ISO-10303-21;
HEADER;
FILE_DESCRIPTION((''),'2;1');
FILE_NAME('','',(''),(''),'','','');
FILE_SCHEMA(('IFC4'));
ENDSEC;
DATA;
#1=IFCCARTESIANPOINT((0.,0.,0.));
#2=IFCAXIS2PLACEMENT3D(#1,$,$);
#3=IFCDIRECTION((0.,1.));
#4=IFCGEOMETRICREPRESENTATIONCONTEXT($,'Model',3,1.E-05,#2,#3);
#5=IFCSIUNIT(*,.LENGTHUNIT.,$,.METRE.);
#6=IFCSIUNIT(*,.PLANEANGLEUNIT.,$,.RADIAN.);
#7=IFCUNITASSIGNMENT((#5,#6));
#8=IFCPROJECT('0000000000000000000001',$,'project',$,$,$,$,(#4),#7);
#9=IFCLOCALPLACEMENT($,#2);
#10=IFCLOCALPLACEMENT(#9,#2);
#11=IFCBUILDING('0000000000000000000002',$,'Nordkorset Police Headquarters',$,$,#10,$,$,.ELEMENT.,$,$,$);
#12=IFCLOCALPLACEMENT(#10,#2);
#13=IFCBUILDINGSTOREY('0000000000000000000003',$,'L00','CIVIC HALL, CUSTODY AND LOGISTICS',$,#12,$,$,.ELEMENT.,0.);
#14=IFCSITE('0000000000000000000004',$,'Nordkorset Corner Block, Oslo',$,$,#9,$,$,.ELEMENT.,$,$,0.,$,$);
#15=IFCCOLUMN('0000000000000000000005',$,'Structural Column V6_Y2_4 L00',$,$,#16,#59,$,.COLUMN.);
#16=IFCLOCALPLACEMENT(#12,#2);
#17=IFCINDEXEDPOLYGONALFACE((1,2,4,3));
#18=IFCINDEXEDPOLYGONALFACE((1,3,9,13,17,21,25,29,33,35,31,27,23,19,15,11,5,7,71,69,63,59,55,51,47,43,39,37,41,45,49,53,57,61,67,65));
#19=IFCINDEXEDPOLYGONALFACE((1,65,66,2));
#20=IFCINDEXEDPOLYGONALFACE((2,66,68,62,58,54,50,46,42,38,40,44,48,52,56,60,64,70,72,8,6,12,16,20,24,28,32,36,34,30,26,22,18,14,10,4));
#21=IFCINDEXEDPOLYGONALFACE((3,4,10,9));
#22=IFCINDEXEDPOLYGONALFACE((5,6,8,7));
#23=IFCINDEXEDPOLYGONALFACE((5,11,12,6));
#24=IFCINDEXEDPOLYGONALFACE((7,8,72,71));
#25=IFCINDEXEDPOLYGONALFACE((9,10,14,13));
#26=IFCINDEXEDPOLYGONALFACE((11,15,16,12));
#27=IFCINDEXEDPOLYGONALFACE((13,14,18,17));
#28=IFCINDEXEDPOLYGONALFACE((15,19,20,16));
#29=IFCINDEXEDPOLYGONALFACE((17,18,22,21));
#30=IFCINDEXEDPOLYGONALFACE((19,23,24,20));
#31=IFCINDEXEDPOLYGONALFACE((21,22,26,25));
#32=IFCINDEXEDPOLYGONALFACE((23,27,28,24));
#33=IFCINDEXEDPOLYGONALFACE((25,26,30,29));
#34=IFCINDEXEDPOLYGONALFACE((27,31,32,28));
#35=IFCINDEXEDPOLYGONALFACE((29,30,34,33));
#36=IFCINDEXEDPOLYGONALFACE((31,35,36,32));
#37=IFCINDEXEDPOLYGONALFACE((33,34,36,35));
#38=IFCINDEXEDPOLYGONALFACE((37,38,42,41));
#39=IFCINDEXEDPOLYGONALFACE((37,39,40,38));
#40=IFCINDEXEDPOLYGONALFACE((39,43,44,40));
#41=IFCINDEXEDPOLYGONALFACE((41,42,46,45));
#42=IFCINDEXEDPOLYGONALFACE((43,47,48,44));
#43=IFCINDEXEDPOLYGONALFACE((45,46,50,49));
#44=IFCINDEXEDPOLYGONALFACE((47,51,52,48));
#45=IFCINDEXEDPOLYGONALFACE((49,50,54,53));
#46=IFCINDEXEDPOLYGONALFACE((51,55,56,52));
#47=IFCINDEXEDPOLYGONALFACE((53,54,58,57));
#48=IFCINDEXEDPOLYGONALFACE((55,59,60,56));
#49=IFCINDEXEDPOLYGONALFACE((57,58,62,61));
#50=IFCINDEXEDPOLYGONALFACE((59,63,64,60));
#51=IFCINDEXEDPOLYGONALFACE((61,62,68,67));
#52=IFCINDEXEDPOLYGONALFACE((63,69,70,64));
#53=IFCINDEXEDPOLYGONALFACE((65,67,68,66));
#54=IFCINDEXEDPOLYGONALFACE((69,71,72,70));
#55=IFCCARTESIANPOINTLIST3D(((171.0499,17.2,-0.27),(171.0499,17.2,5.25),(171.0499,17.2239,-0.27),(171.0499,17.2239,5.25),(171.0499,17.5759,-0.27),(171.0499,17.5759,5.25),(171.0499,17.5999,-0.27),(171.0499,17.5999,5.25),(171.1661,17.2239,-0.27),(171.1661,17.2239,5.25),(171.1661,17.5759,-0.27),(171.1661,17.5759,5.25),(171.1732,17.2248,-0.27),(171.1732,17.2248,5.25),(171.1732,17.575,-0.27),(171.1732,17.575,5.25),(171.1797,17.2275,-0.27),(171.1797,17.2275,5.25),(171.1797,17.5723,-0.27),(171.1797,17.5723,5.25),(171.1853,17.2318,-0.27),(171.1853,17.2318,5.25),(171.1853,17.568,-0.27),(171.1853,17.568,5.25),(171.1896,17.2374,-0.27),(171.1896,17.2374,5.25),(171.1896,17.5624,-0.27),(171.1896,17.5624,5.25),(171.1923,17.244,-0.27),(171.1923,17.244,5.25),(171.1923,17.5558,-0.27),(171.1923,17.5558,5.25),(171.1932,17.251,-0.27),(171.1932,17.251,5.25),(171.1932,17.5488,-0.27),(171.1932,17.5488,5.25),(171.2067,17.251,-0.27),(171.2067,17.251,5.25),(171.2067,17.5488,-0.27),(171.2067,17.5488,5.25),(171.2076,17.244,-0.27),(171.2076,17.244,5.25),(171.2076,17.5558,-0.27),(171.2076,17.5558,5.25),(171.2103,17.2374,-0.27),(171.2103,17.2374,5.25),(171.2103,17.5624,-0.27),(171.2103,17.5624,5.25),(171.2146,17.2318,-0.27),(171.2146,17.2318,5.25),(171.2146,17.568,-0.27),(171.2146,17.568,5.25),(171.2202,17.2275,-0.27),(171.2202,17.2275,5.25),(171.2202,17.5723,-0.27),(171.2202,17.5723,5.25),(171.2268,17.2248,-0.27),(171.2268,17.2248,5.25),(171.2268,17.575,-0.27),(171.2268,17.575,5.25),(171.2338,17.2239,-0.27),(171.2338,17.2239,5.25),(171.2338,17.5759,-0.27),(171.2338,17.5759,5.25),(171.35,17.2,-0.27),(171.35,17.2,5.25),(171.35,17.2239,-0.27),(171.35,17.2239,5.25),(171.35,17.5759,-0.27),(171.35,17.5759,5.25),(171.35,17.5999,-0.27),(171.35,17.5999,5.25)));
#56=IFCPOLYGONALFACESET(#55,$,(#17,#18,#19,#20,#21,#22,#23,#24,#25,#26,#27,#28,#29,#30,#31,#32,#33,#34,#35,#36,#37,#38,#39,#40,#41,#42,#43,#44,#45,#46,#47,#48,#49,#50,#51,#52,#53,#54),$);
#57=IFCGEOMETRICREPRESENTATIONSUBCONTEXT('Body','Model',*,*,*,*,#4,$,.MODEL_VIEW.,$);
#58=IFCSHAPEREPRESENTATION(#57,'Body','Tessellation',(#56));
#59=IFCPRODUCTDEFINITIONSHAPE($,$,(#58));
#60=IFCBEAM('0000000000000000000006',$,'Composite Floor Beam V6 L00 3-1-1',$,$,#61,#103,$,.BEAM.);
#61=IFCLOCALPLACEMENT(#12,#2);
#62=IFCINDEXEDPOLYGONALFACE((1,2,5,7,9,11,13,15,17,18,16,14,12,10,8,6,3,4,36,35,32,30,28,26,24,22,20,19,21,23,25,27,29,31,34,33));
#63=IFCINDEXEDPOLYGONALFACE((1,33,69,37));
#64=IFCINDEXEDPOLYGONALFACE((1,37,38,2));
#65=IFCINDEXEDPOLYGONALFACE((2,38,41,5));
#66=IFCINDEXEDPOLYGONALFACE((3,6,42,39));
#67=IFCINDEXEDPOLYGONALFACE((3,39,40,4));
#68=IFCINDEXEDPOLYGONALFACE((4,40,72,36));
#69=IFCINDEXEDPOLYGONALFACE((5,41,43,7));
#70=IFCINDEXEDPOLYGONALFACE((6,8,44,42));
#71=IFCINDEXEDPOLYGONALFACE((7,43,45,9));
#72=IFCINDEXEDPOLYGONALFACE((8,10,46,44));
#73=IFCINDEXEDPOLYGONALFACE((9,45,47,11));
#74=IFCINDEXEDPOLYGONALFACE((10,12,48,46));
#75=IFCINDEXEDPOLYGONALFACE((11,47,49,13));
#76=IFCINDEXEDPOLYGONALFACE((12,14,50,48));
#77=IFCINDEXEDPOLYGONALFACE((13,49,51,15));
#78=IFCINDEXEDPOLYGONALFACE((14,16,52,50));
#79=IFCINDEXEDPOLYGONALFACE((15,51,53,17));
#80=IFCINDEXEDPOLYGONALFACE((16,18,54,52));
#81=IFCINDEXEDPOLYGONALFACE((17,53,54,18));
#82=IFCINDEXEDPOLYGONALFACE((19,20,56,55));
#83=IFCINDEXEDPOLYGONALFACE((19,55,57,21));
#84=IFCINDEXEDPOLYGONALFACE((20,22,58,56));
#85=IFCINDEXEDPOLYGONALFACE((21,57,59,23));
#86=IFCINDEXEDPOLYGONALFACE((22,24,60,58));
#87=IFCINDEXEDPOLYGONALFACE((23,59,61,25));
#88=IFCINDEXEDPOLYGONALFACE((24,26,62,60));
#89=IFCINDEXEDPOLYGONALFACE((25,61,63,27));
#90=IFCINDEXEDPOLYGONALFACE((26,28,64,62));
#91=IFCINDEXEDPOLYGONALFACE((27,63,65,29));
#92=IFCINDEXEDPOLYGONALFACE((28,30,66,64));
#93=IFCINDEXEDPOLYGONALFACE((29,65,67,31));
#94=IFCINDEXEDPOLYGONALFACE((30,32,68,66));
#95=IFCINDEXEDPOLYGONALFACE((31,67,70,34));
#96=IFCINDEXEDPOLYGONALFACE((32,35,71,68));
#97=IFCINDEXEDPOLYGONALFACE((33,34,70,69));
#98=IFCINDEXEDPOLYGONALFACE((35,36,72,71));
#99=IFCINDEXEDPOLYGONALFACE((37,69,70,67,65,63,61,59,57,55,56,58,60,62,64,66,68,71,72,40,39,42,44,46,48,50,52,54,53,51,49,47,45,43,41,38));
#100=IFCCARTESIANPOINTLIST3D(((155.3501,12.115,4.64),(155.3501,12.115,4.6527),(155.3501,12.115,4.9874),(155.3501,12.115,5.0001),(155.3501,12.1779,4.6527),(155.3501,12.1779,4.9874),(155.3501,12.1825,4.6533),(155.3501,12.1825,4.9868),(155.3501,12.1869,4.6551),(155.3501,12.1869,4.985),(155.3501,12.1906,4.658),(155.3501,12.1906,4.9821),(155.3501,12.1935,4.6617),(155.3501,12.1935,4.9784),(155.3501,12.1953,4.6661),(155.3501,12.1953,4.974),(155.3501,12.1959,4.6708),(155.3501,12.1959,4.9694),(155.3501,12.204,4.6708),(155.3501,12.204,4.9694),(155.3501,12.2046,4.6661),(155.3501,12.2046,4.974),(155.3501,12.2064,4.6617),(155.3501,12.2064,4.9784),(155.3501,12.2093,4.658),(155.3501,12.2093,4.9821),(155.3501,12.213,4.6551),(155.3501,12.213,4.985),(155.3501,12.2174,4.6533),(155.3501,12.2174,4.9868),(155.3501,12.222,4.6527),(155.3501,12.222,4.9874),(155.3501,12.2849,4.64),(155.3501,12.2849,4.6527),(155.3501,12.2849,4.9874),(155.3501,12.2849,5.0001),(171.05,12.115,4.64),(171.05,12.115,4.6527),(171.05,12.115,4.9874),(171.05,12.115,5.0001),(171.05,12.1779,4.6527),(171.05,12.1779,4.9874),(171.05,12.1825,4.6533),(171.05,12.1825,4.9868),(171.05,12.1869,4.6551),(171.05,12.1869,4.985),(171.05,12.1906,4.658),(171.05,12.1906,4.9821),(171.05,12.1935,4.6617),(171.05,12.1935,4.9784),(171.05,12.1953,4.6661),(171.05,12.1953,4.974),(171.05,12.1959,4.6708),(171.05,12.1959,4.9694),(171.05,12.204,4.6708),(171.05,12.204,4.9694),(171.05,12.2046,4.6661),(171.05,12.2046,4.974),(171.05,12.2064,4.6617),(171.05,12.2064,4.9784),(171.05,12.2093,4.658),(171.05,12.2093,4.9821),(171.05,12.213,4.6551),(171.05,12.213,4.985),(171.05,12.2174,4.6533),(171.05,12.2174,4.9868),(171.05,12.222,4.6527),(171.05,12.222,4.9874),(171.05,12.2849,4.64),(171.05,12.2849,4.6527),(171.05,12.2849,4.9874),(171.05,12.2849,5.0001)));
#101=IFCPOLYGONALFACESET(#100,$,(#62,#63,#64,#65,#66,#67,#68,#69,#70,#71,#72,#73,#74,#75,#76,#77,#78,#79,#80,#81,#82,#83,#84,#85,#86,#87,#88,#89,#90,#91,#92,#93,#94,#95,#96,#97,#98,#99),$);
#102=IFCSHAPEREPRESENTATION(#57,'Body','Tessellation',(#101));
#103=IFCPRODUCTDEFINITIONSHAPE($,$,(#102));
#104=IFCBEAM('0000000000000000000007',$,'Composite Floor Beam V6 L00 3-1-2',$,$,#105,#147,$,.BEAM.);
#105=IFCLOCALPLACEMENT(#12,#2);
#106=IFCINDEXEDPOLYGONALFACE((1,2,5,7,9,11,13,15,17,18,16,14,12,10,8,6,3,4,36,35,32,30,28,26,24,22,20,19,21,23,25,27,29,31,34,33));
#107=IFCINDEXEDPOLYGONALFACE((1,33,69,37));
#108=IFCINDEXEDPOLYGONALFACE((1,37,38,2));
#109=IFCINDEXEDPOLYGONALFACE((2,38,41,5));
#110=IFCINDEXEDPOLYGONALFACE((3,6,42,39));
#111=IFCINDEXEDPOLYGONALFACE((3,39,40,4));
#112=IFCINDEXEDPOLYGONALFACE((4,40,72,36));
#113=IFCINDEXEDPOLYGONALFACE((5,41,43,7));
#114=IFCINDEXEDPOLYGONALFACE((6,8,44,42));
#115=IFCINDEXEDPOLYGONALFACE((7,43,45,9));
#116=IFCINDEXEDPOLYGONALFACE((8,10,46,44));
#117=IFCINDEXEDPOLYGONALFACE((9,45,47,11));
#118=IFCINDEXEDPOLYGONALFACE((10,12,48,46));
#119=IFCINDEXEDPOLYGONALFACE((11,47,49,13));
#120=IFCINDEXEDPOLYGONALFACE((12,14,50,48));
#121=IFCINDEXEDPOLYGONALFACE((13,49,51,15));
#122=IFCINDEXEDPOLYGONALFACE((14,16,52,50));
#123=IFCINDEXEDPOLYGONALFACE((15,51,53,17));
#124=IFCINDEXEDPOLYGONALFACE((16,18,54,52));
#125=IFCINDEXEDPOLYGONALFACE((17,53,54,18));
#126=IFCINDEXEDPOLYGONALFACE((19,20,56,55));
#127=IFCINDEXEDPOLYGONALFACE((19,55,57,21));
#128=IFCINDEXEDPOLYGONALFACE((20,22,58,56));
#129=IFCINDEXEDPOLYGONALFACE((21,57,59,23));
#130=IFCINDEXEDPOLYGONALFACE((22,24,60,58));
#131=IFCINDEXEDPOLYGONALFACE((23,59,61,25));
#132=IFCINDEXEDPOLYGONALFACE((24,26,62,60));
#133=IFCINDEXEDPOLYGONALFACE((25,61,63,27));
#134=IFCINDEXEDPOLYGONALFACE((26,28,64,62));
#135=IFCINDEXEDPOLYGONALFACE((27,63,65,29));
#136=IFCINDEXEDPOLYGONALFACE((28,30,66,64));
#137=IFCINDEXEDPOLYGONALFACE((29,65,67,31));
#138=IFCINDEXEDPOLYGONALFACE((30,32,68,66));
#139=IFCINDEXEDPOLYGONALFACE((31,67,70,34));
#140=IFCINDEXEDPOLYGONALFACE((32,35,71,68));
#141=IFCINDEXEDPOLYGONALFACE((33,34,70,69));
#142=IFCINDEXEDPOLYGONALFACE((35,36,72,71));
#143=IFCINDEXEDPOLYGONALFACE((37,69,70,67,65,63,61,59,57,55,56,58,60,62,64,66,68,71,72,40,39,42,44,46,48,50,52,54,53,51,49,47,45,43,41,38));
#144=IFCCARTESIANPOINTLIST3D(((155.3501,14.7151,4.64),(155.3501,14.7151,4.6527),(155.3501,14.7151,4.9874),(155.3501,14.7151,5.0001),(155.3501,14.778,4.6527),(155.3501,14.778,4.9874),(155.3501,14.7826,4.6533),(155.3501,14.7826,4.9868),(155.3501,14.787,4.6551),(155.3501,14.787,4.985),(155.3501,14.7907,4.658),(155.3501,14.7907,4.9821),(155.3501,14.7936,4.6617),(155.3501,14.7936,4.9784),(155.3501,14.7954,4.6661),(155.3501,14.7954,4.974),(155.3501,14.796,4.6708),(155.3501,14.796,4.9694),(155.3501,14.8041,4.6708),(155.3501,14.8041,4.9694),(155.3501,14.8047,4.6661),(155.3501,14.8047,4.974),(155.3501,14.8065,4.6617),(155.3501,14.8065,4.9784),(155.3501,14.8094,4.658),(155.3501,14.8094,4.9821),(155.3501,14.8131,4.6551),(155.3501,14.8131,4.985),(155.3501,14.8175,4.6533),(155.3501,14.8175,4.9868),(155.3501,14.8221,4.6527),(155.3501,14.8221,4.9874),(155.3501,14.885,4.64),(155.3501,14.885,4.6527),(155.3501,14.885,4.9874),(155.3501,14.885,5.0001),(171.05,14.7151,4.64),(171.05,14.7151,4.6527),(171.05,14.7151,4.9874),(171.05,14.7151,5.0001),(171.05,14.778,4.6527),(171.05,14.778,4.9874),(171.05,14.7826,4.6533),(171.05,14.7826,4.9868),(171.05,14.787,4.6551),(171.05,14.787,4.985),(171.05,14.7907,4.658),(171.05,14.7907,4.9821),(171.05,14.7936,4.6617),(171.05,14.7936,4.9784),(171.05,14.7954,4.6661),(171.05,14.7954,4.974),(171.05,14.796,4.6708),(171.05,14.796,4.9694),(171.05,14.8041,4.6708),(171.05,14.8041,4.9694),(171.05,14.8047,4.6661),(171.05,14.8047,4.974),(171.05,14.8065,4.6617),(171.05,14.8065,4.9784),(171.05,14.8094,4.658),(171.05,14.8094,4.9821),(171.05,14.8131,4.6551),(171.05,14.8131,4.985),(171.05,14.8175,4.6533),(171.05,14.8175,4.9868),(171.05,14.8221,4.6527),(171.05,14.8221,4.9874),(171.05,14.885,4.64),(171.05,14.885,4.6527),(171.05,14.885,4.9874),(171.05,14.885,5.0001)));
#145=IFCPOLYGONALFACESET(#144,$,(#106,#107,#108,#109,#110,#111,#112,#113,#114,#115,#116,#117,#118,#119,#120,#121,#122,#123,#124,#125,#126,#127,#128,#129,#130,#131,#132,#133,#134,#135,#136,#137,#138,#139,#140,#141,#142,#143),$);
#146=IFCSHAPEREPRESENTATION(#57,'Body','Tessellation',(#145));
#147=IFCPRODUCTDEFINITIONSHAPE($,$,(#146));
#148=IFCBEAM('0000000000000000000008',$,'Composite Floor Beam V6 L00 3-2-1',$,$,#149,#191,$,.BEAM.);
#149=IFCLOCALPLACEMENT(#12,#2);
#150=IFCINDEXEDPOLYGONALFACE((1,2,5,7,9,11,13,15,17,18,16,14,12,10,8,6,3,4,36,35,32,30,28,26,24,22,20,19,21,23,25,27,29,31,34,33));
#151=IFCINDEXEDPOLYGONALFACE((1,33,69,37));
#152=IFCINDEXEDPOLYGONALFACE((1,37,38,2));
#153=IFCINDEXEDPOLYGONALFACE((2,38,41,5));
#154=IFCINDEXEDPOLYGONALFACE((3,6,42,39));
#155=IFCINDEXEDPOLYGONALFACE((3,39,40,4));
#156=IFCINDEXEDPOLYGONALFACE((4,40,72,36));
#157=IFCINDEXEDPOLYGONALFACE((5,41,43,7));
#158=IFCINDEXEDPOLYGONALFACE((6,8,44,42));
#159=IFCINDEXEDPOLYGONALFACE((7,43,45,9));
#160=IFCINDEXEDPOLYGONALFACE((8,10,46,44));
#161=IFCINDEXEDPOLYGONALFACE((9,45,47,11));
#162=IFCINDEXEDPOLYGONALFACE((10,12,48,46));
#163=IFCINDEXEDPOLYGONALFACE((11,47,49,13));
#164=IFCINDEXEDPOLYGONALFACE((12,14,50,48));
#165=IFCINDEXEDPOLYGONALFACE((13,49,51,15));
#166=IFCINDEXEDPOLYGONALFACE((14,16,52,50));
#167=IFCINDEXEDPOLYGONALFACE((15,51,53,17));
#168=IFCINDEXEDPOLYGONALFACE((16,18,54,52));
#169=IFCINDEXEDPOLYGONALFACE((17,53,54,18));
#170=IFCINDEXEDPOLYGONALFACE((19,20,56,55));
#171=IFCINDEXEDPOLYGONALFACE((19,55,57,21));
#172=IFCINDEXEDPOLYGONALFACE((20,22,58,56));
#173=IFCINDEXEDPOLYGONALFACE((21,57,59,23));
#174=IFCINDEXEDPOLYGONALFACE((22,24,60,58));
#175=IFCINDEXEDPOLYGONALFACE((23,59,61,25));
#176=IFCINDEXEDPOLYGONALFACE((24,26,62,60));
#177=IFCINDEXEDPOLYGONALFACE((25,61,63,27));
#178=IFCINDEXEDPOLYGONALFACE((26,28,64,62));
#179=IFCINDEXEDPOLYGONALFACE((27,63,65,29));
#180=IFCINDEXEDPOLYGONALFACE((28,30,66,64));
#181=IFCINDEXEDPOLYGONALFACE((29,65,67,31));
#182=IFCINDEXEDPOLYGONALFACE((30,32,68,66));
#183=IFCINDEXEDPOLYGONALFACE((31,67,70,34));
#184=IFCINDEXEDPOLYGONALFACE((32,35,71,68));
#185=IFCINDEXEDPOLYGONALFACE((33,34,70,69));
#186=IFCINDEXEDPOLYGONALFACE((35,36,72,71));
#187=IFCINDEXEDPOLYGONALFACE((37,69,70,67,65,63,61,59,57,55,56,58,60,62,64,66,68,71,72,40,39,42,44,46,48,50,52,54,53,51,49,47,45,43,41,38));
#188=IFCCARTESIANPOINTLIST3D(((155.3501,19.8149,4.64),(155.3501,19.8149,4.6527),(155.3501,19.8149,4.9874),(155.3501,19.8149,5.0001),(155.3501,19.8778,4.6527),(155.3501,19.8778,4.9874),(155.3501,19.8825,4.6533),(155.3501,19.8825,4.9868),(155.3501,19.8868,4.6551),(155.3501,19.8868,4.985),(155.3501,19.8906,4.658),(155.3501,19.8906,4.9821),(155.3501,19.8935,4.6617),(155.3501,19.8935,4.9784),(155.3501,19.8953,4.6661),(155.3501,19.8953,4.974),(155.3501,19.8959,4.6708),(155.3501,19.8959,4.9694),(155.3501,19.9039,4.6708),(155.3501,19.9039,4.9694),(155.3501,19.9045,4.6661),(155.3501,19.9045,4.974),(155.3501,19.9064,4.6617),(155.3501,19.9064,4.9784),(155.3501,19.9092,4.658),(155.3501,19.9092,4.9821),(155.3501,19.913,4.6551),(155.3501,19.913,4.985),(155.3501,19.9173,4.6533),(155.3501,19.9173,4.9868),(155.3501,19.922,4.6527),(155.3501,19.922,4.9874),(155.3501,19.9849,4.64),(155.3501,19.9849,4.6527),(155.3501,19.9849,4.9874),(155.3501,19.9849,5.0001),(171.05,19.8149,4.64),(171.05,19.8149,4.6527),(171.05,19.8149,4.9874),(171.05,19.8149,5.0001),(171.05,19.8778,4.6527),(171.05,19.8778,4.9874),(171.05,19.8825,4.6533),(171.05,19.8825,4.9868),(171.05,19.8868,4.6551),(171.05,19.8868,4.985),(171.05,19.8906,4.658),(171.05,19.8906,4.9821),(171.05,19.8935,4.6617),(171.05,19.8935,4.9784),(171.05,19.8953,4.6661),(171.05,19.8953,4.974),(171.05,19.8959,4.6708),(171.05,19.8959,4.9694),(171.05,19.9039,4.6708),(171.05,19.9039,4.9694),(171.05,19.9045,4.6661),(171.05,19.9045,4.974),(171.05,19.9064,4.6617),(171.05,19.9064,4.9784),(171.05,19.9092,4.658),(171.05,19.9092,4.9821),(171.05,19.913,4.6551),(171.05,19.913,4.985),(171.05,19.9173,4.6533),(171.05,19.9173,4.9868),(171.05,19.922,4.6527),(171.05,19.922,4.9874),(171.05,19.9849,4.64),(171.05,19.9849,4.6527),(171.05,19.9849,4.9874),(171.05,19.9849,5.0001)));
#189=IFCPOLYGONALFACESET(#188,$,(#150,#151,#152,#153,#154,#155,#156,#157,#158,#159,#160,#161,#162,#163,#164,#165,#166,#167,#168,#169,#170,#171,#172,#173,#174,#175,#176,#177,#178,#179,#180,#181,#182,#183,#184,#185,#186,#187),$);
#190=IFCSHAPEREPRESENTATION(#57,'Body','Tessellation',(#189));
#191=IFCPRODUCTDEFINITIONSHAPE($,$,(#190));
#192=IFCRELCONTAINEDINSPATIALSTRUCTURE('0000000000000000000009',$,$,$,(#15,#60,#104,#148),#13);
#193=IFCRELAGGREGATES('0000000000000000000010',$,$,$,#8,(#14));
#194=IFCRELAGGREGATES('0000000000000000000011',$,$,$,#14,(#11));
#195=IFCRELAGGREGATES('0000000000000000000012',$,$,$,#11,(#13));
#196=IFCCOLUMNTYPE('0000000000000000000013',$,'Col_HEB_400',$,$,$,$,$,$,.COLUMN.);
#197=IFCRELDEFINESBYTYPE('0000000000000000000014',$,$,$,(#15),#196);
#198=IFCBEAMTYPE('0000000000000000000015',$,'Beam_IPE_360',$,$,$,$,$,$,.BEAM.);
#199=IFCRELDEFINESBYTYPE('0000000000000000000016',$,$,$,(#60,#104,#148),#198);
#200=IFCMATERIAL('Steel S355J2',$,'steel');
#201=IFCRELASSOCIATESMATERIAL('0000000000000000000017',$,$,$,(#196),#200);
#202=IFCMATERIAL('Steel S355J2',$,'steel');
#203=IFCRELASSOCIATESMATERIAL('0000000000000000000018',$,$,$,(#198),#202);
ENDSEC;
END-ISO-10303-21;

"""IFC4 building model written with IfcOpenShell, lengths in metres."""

from ifc_helpers import new_model, si_unit, direction, frame, origin, origin_2d, place, context, subcontext, project, spatial, i_section, extrude, material, material_profile, profile_set, type_object, element, save


model = new_model("IFC4")

# Units and contexts
model_context = context("Model", 3, precision=1e-05, world=origin(), true_north=direction((0.0, 1.0)))
body_context = subcontext(model_context, "Body", "Model", "MODEL_VIEW")
ifc_project = project(units=[si_unit("LENGTHUNIT", "METRE"), si_unit("PLANEANGLEUNIT", "RADIAN")], contexts=[model_context])

# Site, building, storey
site_placement = place(None, origin())
site = spatial("IfcSite", under=ifc_project, at=site_placement, Name="Nordkorset Corner Block, Oslo", CompositionType="ELEMENT", RefElevation=0.0)
building_placement = place(site_placement, origin())
building = spatial("IfcBuilding", under=site, at=building_placement, Name="Nordkorset Police Headquarters", CompositionType="ELEMENT")
storey_placement = place(building_placement, origin())
storey = spatial("IfcBuildingStorey", under=building, at=storey_placement, Name="L00", Description="CIVIC HALL, CUSTODY AND LOGISTICS", CompositionType="ELEMENT", Elevation=0.0)

# Column
ifc_material_1 = material(Name="Steel S355J2", Category="steel")
ifc_material_profile_1 = material_profile(ifc_material_1, i_section(OverallWidth=0.3, OverallDepth=0.3999, WebThickness=0.0134, FlangeThickness=0.0239, FilletRadius=0.0271, at=origin_2d()), Name="HEB 400")
ifc_profile_set_1 = profile_set([ifc_material_profile_1], Name="Steel S355J2")
column_type_1 = type_object("IfcColumnType", Name="Col_HEB_400", PredefinedType="COLUMN", material=ifc_profile_set_1)
for number, where, z_axis, x_axis, name in (
    (1, (171.2, 17.3999, -0.27), (0.0, 0.0, 1.0), (1.0, 0.0, 0.0), "Structural Column V6_Y2_4 L00"),
):
    element("IfcColumn", number, at=place(storey_placement, frame(where, z_axis=z_axis, x_axis=x_axis)), inside=storey, type_object=column_type_1, Name=name, PredefinedType="COLUMN", context=body_context, shape_type="SweptSolid", body=[
        extrude(i_section(OverallWidth=0.3, OverallDepth=0.3999, WebThickness=0.0134, FlangeThickness=0.0239, FilletRadius=0.0271, at=origin_2d()), origin(), (0.0, 0.0, 1.0), 5.52),
    ])

# Beams
ifc_material_2 = material(Name="Steel S355J2", Category="steel")
ifc_material_profile_2 = material_profile(ifc_material_2, i_section(OverallWidth=0.1699, OverallDepth=0.3601, WebThickness=0.0081, FlangeThickness=0.0127, FilletRadius=0.0181, at=origin_2d()), Name="IPE 360")
ifc_profile_set_2 = profile_set([ifc_material_profile_2], Name="Steel S355J2")
beam_type_1 = type_object("IfcBeamType", Name="Beam_IPE_360", PredefinedType="BEAM", material=ifc_profile_set_2)
for number, where, z_axis, x_axis, name in (
    (2, (155.3501, 12.2, 4.8201), (1.0, 0.0, 0.0), (0.0, 1.0, 0.0), "Composite Floor Beam V6 L00 3-1-1"),
    (3, (155.3501, 14.8, 4.8201), (1.0, 0.0, 0.0), (0.0, 1.0, 0.0), "Composite Floor Beam V6 L00 3-1-2"),
    (4, (155.3501, 19.8999, 4.8201), (1.0, 0.0, 0.0), (0.0, 1.0, 0.0), "Composite Floor Beam V6 L00 3-2-1"),
):
    element("IfcBeam", number, at=place(storey_placement, frame(where, z_axis=z_axis, x_axis=x_axis)), inside=storey, type_object=beam_type_1, Name=name, PredefinedType="BEAM", context=body_context, shape_type="SweptSolid", body=[
        extrude(i_section(OverallWidth=0.1699, OverallDepth=0.3601, WebThickness=0.0081, FlangeThickness=0.0127, FilletRadius=0.0181, at=origin_2d()), origin(), (0.0, 0.0, 1.0), 15.7),
    ])

save(model, "model.ifc")
